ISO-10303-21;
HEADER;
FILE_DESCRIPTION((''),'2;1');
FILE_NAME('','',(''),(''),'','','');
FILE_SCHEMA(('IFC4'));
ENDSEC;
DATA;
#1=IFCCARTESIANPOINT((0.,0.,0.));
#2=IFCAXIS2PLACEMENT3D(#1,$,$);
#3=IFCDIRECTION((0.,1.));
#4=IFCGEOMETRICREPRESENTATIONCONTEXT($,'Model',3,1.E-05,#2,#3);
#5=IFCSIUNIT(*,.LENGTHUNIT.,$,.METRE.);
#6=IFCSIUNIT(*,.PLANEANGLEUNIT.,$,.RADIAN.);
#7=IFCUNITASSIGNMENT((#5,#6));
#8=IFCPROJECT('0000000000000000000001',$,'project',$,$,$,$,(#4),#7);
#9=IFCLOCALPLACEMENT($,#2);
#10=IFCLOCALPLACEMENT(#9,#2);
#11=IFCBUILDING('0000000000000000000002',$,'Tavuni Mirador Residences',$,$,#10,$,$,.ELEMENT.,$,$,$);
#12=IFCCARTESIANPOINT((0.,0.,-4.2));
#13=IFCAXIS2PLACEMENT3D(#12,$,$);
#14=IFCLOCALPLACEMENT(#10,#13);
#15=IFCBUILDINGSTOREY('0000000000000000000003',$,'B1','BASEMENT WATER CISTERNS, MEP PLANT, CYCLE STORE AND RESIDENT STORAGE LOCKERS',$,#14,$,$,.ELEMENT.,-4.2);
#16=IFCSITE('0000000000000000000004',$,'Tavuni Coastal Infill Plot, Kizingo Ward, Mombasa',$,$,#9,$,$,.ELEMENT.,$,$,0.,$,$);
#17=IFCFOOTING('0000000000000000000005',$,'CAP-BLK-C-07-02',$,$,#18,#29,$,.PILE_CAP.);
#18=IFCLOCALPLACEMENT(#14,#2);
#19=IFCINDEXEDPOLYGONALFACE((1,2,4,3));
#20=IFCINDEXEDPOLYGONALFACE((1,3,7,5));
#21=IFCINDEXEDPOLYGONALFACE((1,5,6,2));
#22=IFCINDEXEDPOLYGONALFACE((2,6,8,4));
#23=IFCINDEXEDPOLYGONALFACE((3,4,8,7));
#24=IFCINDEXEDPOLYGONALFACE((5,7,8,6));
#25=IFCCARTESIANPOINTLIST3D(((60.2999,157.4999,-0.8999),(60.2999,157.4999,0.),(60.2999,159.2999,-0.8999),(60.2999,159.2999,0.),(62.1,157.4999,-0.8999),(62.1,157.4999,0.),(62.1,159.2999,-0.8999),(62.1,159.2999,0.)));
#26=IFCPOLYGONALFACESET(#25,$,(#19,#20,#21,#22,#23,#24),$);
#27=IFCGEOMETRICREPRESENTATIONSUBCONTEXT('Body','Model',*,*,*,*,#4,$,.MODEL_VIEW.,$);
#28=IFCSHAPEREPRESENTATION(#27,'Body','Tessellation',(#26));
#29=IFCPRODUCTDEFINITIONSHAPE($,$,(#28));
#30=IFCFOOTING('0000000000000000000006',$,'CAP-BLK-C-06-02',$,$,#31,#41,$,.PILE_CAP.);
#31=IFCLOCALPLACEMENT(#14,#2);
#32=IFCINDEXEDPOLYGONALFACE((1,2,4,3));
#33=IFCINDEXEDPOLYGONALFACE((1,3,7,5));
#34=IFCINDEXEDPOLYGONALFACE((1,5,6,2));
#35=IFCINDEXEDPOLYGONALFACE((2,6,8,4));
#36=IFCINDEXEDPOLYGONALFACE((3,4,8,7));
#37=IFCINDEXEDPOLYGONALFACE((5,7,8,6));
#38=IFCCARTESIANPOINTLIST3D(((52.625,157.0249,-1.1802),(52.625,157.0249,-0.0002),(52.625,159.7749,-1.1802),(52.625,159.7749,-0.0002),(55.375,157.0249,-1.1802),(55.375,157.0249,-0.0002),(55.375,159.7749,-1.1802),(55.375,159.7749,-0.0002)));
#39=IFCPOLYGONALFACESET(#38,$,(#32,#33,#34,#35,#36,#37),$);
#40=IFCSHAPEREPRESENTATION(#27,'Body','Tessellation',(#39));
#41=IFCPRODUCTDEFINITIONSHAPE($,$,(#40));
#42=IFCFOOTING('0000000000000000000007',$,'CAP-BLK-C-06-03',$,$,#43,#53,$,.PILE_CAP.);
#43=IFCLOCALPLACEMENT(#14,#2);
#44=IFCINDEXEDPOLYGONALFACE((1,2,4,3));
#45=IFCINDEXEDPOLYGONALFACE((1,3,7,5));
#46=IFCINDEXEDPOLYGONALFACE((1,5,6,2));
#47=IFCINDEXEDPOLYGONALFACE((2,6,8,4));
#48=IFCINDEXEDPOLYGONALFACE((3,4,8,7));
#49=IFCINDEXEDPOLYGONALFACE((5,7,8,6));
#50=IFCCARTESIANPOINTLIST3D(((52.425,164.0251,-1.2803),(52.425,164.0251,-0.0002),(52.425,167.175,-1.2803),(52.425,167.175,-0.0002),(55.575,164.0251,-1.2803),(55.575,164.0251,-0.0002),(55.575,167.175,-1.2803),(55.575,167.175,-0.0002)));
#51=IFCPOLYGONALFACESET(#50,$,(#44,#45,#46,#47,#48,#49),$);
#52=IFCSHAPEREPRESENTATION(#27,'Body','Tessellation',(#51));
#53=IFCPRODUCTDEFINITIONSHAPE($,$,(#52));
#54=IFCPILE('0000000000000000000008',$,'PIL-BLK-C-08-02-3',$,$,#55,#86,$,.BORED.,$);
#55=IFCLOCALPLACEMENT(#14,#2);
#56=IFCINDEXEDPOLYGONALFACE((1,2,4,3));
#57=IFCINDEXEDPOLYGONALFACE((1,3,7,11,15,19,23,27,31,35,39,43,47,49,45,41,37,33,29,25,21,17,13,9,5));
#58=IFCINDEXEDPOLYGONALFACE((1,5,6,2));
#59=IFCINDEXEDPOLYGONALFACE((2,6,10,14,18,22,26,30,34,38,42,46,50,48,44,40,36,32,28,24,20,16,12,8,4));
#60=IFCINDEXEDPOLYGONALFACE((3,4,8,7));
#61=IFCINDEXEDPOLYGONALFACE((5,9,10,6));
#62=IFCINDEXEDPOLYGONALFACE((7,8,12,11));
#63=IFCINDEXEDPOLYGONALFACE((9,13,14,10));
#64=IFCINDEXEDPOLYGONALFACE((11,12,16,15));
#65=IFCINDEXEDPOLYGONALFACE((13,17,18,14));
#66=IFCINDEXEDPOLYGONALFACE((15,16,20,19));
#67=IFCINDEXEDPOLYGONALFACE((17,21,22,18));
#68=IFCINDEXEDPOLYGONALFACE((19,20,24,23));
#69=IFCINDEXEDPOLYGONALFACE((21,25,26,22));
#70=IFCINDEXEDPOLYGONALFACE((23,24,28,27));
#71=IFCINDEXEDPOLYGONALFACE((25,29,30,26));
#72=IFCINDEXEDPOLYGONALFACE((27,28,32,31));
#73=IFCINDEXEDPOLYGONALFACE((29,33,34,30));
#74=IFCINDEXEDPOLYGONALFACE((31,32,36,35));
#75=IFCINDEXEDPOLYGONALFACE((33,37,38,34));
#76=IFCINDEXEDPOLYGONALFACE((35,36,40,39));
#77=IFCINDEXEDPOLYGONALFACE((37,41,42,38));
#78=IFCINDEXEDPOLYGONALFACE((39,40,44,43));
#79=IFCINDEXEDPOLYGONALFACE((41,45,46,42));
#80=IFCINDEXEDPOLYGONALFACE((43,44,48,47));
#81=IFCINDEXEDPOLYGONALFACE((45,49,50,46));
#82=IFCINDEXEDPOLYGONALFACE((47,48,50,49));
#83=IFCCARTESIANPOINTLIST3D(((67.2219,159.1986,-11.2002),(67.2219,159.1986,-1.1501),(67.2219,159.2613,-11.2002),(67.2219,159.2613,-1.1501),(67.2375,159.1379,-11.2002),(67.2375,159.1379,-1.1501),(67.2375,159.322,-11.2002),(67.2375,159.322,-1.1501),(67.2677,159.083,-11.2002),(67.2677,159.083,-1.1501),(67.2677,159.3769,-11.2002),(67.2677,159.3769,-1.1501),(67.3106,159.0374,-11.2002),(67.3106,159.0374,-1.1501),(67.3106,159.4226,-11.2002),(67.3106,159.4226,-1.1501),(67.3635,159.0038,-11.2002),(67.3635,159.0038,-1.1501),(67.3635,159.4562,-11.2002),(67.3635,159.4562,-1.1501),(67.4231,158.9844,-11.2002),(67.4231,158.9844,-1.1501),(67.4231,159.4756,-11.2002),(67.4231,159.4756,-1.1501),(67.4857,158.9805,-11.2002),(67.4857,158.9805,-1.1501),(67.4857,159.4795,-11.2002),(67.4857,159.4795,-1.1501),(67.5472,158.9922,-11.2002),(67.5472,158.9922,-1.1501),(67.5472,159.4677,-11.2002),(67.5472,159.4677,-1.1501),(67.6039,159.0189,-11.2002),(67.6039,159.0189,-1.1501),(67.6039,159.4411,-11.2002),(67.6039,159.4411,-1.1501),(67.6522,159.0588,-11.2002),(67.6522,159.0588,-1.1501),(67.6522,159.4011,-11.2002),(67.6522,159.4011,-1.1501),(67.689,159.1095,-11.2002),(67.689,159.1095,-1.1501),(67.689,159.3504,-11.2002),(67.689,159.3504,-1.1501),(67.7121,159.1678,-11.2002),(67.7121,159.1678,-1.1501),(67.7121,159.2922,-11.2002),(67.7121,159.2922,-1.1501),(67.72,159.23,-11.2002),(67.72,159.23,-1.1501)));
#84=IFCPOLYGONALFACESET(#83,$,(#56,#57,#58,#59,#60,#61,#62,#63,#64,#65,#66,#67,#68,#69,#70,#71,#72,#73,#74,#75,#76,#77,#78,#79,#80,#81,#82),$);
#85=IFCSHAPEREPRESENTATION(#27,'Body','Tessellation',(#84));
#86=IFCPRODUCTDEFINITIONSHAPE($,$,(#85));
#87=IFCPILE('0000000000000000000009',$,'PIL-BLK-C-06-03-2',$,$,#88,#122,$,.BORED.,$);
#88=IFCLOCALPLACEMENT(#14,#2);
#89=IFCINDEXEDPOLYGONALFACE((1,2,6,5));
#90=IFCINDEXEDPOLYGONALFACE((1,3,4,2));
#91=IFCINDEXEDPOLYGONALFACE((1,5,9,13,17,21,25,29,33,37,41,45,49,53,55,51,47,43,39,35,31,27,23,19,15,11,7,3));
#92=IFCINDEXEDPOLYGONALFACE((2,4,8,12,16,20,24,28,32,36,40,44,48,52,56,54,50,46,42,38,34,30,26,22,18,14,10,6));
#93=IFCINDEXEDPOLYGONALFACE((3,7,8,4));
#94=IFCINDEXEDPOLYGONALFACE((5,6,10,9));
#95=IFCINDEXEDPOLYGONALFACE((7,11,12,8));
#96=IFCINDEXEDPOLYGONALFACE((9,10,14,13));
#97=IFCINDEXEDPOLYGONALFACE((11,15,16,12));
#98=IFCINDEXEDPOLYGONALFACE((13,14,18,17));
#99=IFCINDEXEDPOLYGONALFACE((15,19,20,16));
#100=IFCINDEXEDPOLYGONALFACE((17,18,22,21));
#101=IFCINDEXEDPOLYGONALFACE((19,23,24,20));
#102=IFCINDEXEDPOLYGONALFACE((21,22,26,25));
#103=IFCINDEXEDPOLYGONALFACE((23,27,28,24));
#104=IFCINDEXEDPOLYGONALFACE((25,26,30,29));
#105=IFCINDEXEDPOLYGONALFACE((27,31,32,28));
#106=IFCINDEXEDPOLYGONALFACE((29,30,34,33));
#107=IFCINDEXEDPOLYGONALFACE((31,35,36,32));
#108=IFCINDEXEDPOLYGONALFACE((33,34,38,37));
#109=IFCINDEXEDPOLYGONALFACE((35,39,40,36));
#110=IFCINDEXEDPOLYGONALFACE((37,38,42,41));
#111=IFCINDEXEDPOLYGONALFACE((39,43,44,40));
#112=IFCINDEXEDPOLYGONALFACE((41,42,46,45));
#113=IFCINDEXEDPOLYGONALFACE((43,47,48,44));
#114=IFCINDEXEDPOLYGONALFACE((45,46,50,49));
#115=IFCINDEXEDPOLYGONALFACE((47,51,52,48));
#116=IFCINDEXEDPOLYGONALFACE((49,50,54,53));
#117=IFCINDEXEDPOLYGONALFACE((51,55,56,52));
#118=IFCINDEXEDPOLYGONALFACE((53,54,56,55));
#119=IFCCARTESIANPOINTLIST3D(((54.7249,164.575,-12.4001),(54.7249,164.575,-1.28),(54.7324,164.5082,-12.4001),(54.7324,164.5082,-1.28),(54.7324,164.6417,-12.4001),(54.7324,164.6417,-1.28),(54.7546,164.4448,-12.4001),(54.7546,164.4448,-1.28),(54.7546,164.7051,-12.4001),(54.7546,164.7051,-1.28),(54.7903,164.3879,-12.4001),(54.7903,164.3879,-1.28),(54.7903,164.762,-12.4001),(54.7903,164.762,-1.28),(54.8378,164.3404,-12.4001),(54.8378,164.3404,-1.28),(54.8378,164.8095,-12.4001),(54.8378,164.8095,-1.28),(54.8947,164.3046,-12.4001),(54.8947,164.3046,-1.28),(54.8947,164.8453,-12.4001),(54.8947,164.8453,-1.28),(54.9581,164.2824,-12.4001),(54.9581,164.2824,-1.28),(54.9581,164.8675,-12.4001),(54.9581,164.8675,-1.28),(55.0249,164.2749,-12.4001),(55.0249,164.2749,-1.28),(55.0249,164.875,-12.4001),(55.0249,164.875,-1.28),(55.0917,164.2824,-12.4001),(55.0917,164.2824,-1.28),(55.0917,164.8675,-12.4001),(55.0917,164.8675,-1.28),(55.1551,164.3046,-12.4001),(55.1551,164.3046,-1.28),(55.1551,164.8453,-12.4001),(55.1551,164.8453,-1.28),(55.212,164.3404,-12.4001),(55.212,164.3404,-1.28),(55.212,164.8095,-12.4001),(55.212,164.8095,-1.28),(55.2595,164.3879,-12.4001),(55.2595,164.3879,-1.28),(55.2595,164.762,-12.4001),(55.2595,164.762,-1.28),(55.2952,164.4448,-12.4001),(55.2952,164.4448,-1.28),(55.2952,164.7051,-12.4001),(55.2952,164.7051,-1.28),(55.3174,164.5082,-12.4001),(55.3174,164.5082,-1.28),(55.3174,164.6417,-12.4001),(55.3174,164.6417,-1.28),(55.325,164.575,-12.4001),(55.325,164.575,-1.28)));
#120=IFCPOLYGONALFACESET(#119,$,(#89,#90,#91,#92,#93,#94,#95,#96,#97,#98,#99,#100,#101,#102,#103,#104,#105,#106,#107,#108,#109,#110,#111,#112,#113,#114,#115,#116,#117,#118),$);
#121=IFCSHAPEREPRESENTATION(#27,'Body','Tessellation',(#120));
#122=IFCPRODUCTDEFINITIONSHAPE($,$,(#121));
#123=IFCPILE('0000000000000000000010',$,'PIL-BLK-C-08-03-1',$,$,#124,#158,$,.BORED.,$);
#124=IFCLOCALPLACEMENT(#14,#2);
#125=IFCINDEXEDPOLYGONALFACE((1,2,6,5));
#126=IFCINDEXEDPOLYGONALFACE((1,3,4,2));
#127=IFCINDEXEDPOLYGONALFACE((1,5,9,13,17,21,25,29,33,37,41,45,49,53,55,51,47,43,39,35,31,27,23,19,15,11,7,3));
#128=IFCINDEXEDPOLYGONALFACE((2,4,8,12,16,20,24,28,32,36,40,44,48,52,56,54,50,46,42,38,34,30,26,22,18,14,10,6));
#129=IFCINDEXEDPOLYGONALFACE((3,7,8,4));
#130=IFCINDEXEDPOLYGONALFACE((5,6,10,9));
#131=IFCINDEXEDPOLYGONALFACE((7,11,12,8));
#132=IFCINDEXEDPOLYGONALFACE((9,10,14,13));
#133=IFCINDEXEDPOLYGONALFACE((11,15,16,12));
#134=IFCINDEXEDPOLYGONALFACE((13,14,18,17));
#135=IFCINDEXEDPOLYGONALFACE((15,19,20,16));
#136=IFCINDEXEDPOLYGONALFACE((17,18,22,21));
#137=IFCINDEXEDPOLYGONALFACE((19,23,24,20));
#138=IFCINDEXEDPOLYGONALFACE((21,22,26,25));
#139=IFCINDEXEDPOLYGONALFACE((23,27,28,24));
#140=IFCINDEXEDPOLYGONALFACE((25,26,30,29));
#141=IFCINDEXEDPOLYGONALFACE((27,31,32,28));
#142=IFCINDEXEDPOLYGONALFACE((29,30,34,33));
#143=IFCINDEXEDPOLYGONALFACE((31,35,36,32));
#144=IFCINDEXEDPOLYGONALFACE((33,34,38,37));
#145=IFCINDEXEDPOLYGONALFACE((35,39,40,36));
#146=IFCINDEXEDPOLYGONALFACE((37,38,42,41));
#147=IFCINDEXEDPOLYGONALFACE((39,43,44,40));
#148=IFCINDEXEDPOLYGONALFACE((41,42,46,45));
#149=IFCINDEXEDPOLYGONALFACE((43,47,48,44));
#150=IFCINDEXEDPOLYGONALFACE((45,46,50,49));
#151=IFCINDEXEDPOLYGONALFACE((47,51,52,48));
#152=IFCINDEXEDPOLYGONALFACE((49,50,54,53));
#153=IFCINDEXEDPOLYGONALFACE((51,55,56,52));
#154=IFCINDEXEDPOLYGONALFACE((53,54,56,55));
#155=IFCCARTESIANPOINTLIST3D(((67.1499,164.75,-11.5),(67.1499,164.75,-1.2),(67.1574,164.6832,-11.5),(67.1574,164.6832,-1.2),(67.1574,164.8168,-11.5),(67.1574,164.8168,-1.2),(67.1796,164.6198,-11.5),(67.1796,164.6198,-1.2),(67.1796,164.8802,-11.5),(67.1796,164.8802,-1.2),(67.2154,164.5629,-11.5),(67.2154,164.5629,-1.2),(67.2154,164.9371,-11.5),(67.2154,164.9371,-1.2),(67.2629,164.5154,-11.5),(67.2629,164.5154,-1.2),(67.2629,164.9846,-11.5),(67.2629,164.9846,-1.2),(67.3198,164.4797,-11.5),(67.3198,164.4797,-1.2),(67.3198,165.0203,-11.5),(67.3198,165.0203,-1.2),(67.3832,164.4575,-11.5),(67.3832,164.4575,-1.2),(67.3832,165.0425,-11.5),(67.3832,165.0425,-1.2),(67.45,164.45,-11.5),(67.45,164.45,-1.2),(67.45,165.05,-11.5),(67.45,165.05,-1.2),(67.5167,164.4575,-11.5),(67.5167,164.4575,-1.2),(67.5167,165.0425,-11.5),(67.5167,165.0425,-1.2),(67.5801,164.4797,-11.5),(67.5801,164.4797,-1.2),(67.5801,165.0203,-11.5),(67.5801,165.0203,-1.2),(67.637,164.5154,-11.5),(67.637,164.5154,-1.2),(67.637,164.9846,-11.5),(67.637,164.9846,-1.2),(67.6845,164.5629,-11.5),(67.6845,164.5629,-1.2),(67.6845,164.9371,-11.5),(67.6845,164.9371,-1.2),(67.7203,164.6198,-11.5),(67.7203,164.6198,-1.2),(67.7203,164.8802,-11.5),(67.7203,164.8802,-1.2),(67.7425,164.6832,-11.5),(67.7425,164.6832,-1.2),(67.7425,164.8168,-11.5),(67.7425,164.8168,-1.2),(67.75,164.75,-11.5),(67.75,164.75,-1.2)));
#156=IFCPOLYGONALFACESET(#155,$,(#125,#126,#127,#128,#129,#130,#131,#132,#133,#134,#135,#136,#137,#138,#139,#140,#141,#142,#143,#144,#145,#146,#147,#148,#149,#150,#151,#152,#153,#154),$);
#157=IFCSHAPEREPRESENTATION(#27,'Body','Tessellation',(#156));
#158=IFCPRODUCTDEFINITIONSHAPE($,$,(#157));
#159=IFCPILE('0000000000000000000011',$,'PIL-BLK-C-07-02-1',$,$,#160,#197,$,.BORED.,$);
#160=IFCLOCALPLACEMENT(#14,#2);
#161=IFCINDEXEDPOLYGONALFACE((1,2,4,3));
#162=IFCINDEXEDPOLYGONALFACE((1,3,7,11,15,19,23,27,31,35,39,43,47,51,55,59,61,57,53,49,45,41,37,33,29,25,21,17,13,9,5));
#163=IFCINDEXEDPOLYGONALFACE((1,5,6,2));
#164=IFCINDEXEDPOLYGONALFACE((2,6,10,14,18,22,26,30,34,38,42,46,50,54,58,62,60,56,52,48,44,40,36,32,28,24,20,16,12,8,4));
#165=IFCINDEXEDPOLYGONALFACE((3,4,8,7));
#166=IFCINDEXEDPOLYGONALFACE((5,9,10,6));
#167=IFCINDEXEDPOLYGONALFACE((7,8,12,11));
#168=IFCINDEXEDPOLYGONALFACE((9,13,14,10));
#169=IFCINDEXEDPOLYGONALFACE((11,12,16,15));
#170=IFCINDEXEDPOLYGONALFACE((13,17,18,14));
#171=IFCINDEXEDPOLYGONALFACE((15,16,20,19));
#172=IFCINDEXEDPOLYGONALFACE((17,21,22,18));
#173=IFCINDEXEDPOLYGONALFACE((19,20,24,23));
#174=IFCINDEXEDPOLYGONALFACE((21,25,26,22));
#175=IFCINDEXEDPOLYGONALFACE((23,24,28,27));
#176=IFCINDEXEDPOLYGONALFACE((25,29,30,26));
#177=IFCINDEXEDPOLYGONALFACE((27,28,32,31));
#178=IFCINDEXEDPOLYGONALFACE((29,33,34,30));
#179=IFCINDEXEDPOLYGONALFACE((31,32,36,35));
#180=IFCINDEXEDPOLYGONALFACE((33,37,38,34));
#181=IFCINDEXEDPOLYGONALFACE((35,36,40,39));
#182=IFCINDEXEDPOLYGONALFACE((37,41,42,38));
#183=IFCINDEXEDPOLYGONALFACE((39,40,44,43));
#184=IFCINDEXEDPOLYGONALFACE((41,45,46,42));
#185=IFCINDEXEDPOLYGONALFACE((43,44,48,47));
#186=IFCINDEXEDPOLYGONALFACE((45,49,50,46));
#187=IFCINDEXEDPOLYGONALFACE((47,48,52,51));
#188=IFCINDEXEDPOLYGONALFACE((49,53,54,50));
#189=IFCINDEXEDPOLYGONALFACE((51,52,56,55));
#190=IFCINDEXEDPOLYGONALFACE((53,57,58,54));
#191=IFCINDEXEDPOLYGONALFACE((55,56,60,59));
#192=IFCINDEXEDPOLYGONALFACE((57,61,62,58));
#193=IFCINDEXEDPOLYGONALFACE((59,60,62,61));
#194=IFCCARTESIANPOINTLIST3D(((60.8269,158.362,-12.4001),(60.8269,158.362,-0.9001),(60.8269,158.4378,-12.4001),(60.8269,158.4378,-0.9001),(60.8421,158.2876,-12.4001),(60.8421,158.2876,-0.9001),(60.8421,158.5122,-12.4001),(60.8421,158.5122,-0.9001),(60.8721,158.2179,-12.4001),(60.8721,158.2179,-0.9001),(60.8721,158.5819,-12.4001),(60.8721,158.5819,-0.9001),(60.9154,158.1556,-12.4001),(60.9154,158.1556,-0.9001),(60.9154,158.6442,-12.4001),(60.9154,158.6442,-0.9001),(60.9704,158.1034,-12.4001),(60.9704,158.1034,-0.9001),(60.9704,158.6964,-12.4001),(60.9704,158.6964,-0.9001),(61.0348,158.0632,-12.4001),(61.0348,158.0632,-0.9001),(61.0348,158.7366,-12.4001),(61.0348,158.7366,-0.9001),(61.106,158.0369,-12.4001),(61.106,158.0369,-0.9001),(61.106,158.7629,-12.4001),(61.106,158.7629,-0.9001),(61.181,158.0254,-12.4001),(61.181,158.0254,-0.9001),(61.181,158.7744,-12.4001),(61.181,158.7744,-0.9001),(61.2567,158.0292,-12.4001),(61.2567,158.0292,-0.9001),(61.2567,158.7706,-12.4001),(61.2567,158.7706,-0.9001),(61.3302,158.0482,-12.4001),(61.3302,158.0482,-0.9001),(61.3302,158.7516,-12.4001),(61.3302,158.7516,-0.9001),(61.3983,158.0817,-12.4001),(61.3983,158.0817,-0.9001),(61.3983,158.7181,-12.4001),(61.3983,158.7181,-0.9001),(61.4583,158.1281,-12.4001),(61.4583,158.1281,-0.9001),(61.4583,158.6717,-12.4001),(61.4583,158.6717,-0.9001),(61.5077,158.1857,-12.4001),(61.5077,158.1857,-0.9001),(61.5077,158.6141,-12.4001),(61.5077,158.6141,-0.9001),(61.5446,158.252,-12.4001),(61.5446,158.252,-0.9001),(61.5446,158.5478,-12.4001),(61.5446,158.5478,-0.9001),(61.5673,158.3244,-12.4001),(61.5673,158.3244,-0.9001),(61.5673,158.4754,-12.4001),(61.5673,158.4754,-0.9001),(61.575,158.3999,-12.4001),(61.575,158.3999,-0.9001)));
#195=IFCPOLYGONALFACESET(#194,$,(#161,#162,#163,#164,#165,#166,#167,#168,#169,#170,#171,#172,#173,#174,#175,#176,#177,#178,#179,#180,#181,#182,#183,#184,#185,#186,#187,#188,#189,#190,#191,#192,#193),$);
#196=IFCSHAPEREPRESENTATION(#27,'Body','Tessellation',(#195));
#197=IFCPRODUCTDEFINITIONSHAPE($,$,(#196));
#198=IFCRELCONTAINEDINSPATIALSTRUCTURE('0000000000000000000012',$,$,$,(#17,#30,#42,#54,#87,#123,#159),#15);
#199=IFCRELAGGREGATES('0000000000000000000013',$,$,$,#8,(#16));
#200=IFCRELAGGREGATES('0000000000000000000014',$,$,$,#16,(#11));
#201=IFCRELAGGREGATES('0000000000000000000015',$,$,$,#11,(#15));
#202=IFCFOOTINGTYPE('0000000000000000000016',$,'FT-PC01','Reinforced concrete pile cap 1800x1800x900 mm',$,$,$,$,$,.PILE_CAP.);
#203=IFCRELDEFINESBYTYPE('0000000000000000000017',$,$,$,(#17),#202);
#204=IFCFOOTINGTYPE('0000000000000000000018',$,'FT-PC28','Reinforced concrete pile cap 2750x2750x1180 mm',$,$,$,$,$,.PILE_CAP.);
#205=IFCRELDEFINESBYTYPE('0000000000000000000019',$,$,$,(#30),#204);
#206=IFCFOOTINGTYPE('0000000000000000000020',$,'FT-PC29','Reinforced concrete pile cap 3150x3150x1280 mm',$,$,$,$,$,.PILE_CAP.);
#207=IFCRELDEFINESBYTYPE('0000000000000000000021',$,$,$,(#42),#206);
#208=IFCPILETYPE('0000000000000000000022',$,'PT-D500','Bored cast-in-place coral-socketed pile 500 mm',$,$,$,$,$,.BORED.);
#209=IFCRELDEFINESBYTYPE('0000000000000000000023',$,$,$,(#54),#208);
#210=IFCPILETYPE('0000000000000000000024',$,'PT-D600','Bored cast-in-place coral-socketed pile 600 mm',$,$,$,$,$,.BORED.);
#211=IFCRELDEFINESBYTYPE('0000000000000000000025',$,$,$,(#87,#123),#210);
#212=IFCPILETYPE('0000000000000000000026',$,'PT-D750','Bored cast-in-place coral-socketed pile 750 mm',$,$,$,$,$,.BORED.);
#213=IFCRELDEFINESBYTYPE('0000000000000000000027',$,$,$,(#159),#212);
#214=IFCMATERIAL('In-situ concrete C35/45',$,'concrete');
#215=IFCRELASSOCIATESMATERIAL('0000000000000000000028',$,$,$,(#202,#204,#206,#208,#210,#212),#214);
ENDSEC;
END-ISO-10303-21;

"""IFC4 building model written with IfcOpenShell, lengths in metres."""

from ifc_helpers import new_model, si_unit, direction, frame, origin, origin_2d, place, context, subcontext, project, spatial, rectangle, circle, extrude, material, material_profile, profile_set, type_object, element, save


model = new_model("IFC4")

# Units and contexts
model_context = context("Model", 3, precision=1e-05, world=origin(), true_north=direction((0.0, 1.0)))
body_context = subcontext(model_context, "Body", "Model", "MODEL_VIEW")
ifc_project = project(units=[si_unit("LENGTHUNIT", "METRE"), si_unit("PLANEANGLEUNIT", "RADIAN")], contexts=[model_context])

# Site, building, storey
site_placement = place(None, origin())
site = spatial("IfcSite", under=ifc_project, at=site_placement, Name="Tavuni Coastal Infill Plot, Kizingo Ward, Mombasa", CompositionType="ELEMENT", RefElevation=0.0)
building_placement = place(site_placement, origin())
building = spatial("IfcBuilding", under=site, at=building_placement, Name="Tavuni Mirador Residences", CompositionType="ELEMENT")
storey_placement = place(building_placement, frame((0.0, 0.0, -4.2)))
storey = spatial("IfcBuildingStorey", under=building, at=storey_placement, Name="B1", Description="BASEMENT WATER CISTERNS, MEP PLANT, CYCLE STORE AND RESIDENT STORAGE LOCKERS", CompositionType="ELEMENT", Elevation=-4.2)

# Footings
ifc_material_1 = material(Name="In-situ concrete C35/45", Category="concrete")
footing_type_1 = type_object("IfcFootingType", Name="FT-PC01", Description="Reinforced concrete pile cap 1800x1800x900 mm", PredefinedType="PILE_CAP", material=ifc_material_1)
footing_1_placement = place(storey_placement, frame((61.2, 158.3999, -0.8999), z_axis=(0.0, 0.0, 1.0), x_axis=(1.0, 0.0, 0.0)))
element("IfcFooting", 1, at=footing_1_placement, inside=storey, type_object=footing_type_1, Name="CAP-BLK-C-07-02", PredefinedType="PILE_CAP", context=body_context, shape_type="SweptSolid", body=[
    extrude(rectangle(XDim=1.8, YDim=1.8, at=origin_2d()), origin(), (0.0, 0.0, 1.0), 0.8999),
])
footing_type_2 = type_object("IfcFootingType", Name="FT-PC28", Description="Reinforced concrete pile cap 2750x2750x1180 mm", PredefinedType="PILE_CAP", material=ifc_material_1)
footing_2_placement = place(storey_placement, frame((54.0, 158.3999, -1.1802), z_axis=(0.0, 0.0, 1.0), x_axis=(1.0, 0.0, 0.0)))
element("IfcFooting", 2, at=footing_2_placement, inside=storey, type_object=footing_type_2, Name="CAP-BLK-C-06-02", PredefinedType="PILE_CAP", context=body_context, shape_type="SweptSolid", body=[
    extrude(rectangle(XDim=2.75, YDim=2.75, at=origin_2d()), origin(), (0.0, 0.0, 1.0), 1.1799),
])
footing_type_3 = type_object("IfcFootingType", Name="FT-PC29", Description="Reinforced concrete pile cap 3150x3150x1280 mm", PredefinedType="PILE_CAP", material=ifc_material_1)
footing_3_placement = place(storey_placement, frame((54.0, 165.6001, -1.2803), z_axis=(0.0, 0.0, 1.0), x_axis=(1.0, 0.0, 0.0)))
element("IfcFooting", 3, at=footing_3_placement, inside=storey, type_object=footing_type_3, Name="CAP-BLK-C-06-03", PredefinedType="PILE_CAP", context=body_context, shape_type="SweptSolid", body=[
    extrude(rectangle(XDim=3.1499, YDim=3.1499, at=origin_2d()), origin(), (0.0, 0.0, 1.0), 1.28),
])

# Piles
ifc_material_profile_1 = material_profile(ifc_material_1, circle(Radius=0.25, at=origin_2d()), Name="PILE D500", Category="concrete")
ifc_profile_set_1 = profile_set([ifc_material_profile_1], Name="In-situ concrete C35/45")
pile_type_1 = type_object("IfcPileType", Name="PT-D500", Description="Bored cast-in-place coral-socketed pile 500 mm", PredefinedType="BORED", material=ifc_profile_set_1)
pile_1_placement = place(storey_placement, frame((67.47, 159.23, -1.1501), z_axis=(0.0, 0.0, -1.0), x_axis=(1.0, 0.0, 0.0)))
element("IfcPile", 4, at=pile_1_placement, inside=storey, type_object=pile_type_1, Name="PIL-BLK-C-08-02-3", PredefinedType="BORED", context=body_context, shape_type="SweptSolid", body=[
    extrude(circle(Radius=0.25, at=origin_2d()), origin(), (0.0, 0.0, 1.0), 10.05),
])
ifc_material_profile_2 = material_profile(ifc_material_1, circle(Radius=0.3, at=origin_2d()), Name="PILE D600", Category="concrete")
ifc_profile_set_2 = profile_set([ifc_material_profile_2], Name="In-situ concrete C35/45")
pile_type_2 = type_object("IfcPileType", Name="PT-D600", Description="Bored cast-in-place coral-socketed pile 600 mm", PredefinedType="BORED", material=ifc_profile_set_2)
pile_2_placement = place(storey_placement, frame((55.0249, 164.575, -1.28), z_axis=(0.0, 0.0, -1.0), x_axis=(1.0, 0.0, 0.0)))
element("IfcPile", 5, at=pile_2_placement, inside=storey, type_object=pile_type_2, Name="PIL-BLK-C-06-03-2", PredefinedType="BORED", context=body_context, shape_type="SweptSolid", body=[
    extrude(circle(Radius=0.3, at=origin_2d()), origin(), (0.0, 0.0, 1.0), 11.1201),
])
pile_3_placement = place(storey_placement, frame((67.45, 164.75, -1.2), z_axis=(0.0, 0.0, -1.0), x_axis=(1.0, 0.0, 0.0)))
element("IfcPile", 6, at=pile_3_placement, inside=storey, type_object=pile_type_2, Name="PIL-BLK-C-08-03-1", PredefinedType="BORED", context=body_context, shape_type="SweptSolid", body=[
    extrude(circle(Radius=0.3, at=origin_2d()), origin(), (0.0, 0.0, 1.0), 10.3),
])
ifc_material_profile_3 = material_profile(ifc_material_1, circle(Radius=0.375, at=origin_2d()), Name="PILE D750", Category="concrete")
ifc_profile_set_3 = profile_set([ifc_material_profile_3], Name="In-situ concrete C35/45")
pile_type_3 = type_object("IfcPileType", Name="PT-D750", Description="Bored cast-in-place coral-socketed pile 750 mm", PredefinedType="BORED", material=ifc_profile_set_3)
pile_4_placement = place(storey_placement, frame((61.2, 158.3999, -0.9001), z_axis=(0.0, 0.0, -1.0), x_axis=(1.0, 0.0, 0.0)))
element("IfcPile", 7, at=pile_4_placement, inside=storey, type_object=pile_type_3, Name="PIL-BLK-C-07-02-1", PredefinedType="BORED", context=body_context, shape_type="SweptSolid", body=[
    extrude(circle(Radius=0.375, at=origin_2d()), origin(), (0.0, 0.0, 1.0), 11.5),
])

save(model, "model.ifc")
